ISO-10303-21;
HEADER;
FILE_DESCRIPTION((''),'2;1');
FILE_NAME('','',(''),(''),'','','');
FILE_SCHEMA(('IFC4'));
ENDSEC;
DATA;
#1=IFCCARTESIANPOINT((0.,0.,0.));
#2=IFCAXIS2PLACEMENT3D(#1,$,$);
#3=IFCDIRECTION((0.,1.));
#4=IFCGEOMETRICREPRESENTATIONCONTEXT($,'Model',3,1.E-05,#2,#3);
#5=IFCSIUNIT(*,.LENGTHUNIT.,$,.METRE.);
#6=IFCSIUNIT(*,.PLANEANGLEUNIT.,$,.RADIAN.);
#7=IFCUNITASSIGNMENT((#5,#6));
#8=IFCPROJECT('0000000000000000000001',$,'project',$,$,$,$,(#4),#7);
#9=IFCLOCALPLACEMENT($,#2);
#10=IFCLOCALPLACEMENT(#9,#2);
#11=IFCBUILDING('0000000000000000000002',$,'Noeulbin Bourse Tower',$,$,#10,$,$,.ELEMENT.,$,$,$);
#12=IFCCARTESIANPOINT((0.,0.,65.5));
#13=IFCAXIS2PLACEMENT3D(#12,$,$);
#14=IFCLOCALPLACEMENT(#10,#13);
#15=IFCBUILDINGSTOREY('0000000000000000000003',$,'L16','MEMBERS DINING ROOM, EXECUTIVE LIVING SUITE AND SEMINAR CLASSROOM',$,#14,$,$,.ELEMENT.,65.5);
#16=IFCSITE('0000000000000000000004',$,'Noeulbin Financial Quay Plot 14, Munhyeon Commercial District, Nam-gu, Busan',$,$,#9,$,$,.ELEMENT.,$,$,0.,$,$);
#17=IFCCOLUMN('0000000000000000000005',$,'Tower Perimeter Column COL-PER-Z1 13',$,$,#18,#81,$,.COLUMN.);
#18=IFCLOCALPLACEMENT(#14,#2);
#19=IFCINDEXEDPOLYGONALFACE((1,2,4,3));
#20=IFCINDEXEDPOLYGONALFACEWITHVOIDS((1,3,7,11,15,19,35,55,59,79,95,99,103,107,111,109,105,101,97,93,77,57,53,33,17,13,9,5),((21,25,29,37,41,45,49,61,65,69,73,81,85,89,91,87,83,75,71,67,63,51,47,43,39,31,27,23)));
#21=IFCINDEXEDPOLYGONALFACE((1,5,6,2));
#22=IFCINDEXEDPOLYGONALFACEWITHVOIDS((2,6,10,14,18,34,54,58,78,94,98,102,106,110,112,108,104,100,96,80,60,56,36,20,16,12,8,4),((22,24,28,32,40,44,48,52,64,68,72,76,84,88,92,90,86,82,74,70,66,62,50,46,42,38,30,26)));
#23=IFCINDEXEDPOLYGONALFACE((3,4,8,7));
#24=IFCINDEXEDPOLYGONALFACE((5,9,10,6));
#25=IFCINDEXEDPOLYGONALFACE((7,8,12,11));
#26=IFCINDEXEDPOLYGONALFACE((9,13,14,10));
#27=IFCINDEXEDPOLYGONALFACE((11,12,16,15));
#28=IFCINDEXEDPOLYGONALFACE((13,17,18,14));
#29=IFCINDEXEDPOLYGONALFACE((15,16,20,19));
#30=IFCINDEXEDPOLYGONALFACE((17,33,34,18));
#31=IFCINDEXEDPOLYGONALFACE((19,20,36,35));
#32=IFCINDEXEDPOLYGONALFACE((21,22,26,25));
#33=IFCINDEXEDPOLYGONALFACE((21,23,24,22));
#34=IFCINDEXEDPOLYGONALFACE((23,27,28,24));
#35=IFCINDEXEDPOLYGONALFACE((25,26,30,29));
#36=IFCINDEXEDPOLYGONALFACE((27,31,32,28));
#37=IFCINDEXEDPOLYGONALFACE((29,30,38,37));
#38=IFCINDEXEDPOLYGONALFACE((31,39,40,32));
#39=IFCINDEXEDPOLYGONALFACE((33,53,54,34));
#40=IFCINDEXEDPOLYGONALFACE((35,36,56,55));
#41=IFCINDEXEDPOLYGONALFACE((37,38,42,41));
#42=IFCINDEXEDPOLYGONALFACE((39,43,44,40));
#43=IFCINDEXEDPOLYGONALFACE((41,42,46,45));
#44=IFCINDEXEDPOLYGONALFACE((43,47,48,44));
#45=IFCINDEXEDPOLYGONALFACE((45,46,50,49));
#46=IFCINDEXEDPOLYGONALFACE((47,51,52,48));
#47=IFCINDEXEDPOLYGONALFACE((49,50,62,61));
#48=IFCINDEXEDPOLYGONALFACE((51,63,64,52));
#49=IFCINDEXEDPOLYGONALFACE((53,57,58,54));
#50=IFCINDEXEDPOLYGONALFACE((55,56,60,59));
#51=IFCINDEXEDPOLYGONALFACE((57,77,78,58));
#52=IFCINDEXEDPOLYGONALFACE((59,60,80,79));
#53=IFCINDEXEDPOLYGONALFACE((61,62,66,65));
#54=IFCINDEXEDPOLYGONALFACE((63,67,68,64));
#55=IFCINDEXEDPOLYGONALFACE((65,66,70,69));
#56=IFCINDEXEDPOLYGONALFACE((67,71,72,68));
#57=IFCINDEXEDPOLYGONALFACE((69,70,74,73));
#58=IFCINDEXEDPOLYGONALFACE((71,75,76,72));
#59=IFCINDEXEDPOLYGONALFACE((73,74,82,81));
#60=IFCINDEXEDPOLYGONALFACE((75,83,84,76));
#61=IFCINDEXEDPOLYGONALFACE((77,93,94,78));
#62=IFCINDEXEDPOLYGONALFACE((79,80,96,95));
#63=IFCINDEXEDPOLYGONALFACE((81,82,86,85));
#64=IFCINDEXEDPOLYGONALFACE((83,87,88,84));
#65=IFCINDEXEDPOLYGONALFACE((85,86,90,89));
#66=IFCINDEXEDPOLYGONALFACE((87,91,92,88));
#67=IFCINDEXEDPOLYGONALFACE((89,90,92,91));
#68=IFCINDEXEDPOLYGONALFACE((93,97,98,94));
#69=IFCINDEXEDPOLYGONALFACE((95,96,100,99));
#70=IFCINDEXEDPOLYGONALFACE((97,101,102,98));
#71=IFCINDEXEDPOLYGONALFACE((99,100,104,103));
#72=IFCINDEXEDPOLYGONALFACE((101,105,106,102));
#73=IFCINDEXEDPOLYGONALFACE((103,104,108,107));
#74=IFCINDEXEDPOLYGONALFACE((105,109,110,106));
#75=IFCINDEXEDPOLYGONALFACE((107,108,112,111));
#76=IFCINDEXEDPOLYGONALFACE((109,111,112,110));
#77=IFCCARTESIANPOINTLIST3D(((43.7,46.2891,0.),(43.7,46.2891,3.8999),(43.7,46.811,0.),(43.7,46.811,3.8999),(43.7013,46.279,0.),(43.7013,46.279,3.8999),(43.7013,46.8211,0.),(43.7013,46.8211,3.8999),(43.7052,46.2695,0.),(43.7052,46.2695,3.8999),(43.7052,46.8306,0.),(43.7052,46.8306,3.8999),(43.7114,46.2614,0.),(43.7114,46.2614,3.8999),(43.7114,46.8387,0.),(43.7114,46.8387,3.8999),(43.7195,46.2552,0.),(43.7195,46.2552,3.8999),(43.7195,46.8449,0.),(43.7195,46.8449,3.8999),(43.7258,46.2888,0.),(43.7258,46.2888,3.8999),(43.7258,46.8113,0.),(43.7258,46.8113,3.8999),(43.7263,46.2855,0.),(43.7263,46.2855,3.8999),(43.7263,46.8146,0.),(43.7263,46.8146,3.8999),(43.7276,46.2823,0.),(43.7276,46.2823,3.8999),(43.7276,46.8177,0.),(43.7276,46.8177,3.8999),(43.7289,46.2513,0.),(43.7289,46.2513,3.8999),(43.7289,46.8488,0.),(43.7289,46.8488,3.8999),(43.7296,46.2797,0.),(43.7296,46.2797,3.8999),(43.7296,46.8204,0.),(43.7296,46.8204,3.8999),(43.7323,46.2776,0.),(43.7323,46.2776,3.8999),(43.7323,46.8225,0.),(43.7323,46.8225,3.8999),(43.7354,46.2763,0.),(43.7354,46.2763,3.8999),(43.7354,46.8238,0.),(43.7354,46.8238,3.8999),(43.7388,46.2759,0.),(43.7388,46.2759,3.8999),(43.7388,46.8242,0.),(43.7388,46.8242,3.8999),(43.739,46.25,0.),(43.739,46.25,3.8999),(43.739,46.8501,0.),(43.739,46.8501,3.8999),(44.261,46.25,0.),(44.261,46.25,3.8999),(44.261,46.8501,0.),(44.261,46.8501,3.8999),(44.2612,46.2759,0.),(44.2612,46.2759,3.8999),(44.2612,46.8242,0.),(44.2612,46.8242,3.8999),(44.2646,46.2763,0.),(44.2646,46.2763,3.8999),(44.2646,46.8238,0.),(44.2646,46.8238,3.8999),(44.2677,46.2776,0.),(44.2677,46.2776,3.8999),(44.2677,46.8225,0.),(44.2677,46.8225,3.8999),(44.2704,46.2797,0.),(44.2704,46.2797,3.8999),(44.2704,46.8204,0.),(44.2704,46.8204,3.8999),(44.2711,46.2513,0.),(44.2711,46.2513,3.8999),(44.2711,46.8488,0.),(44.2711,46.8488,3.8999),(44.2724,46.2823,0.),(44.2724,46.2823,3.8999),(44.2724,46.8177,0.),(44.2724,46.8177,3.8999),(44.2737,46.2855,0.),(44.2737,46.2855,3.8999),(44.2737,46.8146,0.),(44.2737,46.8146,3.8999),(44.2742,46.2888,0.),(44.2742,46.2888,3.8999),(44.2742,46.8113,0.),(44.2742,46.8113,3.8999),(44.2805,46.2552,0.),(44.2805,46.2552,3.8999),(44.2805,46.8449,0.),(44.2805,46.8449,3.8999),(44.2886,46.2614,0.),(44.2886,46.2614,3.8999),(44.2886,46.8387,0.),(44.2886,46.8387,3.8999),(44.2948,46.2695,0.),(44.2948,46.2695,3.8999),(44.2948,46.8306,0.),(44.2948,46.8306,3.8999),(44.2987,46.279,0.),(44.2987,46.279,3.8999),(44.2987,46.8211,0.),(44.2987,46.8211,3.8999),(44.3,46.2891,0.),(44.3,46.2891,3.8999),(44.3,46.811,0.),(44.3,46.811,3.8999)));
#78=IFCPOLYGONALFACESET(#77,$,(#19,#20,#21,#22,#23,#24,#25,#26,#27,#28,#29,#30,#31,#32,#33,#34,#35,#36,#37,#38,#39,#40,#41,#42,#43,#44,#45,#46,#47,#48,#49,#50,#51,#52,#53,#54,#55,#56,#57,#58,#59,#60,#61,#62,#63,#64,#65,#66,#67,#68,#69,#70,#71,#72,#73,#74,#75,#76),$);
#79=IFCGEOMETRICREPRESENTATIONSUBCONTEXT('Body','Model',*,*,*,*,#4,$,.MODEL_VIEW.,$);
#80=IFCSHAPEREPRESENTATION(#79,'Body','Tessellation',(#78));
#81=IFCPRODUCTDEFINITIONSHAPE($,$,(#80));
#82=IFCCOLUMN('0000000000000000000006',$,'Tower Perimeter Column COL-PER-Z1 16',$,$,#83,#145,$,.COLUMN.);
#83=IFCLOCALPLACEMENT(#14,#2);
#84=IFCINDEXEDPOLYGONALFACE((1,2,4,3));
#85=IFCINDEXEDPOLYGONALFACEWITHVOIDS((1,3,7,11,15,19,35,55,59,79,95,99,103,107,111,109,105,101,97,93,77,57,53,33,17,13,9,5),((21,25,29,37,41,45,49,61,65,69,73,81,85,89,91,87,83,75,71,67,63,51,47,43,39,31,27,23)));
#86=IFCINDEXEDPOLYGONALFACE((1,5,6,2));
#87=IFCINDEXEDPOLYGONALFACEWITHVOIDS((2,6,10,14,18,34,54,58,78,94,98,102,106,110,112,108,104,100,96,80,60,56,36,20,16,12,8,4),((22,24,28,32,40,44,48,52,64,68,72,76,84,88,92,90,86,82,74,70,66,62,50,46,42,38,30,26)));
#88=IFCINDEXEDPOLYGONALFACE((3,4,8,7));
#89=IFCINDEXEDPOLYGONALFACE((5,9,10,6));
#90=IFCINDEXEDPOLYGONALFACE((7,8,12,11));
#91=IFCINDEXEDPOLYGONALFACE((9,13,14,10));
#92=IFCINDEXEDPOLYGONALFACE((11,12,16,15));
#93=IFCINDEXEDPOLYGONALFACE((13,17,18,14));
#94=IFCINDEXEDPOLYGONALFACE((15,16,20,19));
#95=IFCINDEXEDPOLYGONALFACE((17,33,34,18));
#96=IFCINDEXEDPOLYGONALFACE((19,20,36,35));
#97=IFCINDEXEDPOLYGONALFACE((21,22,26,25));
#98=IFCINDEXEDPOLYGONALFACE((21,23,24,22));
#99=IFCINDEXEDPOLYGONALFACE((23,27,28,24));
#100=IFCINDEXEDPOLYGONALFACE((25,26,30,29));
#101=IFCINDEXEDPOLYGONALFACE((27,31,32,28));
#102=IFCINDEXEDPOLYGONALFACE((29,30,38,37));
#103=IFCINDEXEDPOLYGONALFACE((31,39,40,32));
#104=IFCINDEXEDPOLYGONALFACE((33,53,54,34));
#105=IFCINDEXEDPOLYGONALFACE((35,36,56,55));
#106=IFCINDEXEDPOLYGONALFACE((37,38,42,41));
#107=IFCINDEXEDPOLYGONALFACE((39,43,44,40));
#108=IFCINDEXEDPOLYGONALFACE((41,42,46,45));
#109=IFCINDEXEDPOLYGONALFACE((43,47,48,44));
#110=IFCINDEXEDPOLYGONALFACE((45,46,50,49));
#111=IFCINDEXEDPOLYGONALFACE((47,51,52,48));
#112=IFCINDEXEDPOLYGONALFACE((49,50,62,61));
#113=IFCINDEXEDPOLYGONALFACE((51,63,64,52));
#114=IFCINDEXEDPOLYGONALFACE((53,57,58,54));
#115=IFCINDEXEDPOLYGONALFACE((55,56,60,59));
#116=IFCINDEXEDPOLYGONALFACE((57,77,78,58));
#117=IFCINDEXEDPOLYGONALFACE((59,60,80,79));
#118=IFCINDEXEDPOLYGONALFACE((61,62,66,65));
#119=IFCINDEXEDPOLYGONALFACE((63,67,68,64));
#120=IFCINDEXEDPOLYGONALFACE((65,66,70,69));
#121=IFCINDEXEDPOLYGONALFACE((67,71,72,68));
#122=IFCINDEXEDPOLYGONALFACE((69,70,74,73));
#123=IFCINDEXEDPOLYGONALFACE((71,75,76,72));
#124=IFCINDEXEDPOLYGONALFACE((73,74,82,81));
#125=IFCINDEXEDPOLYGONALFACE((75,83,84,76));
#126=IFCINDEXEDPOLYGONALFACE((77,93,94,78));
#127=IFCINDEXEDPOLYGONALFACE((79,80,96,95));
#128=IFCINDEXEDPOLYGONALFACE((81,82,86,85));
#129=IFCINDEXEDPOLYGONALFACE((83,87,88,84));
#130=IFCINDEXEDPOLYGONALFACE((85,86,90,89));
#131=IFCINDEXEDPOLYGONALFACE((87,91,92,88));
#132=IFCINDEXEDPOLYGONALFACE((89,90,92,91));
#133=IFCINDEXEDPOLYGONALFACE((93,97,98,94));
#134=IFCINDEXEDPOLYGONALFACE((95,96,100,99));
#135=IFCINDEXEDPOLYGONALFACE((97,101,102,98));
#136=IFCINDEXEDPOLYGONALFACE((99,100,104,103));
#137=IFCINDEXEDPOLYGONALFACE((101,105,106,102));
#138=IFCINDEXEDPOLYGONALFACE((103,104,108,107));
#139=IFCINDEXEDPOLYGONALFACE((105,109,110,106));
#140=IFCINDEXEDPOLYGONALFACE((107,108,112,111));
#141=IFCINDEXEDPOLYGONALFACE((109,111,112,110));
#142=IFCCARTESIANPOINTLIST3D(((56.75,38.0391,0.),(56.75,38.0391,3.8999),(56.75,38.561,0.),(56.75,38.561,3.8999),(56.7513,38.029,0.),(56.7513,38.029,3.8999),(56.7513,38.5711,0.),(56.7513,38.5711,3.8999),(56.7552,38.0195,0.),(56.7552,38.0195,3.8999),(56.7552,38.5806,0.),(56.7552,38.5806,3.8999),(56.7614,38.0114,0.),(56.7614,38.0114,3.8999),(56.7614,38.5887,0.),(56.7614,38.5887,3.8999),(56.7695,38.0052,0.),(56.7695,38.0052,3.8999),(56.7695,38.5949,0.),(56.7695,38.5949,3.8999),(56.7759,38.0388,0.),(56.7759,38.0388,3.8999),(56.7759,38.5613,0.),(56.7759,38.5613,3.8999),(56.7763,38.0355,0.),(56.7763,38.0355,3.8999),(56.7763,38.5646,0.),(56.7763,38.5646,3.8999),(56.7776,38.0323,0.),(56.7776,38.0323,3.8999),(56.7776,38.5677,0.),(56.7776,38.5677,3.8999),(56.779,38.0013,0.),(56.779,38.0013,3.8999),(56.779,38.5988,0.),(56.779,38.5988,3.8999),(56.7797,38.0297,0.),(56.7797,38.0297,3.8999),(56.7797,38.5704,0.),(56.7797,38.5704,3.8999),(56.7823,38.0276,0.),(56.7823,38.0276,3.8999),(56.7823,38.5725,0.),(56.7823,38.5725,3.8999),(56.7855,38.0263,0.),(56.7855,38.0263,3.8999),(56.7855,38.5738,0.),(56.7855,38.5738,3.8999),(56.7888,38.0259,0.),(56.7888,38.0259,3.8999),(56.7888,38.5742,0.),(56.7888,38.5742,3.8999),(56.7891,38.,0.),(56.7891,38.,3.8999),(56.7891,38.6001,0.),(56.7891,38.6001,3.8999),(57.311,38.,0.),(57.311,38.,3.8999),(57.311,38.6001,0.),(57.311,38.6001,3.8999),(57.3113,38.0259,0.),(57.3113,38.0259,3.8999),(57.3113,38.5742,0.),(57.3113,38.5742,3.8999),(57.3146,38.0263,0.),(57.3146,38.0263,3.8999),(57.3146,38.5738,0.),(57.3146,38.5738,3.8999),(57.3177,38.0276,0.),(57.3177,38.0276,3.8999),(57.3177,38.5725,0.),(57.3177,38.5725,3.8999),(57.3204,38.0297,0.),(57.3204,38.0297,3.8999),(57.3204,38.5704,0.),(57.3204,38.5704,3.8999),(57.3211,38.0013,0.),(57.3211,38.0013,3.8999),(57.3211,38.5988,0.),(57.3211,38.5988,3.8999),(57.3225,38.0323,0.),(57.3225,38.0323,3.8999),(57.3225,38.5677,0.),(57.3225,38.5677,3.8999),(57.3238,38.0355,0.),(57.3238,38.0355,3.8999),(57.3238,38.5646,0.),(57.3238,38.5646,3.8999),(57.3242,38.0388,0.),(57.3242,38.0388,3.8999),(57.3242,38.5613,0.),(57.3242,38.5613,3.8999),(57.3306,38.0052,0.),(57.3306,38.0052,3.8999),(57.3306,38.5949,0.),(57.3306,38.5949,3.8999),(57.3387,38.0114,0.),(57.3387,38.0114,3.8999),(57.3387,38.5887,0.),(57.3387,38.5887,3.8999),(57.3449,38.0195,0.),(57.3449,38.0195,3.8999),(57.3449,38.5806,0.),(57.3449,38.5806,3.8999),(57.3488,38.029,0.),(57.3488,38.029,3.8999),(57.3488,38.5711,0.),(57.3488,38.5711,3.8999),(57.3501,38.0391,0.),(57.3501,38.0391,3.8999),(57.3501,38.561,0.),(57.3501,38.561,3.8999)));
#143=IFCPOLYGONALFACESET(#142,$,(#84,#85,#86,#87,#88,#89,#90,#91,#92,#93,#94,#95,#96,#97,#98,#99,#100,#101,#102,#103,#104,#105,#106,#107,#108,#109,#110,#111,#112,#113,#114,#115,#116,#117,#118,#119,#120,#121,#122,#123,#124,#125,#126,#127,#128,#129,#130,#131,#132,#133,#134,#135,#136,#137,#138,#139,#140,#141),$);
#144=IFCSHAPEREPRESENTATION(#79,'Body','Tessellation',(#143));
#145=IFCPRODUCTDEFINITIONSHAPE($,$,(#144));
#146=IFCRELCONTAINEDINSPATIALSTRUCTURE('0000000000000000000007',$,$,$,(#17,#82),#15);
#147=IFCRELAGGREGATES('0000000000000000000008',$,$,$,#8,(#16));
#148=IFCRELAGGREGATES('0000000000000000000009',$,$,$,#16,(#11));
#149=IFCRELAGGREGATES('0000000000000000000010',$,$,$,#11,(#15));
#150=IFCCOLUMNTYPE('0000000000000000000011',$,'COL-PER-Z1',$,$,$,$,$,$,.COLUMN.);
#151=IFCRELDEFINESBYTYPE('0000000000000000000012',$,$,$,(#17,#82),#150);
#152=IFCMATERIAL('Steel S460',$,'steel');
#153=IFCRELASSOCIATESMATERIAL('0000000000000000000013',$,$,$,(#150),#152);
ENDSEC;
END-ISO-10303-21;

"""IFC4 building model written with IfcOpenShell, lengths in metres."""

from ifc_helpers import new_model, si_unit, direction, frame, origin, origin_2d, place, context, subcontext, project, spatial, hollow_rectangle, extrude, material, material_profile, profile_set, type_object, element, save


model = new_model("IFC4")

# Units and contexts
model_context = context("Model", 3, precision=1e-05, world=origin(), true_north=direction((0.0, 1.0)))
body_context = subcontext(model_context, "Body", "Model", "MODEL_VIEW")
ifc_project = project(units=[si_unit("LENGTHUNIT", "METRE"), si_unit("PLANEANGLEUNIT", "RADIAN")], contexts=[model_context])

# Site, building, storey
site_placement = place(None, origin())
site = spatial("IfcSite", under=ifc_project, at=site_placement, Name="Noeulbin Financial Quay Plot 14, Munhyeon Commercial District, Nam-gu, Busan", CompositionType="ELEMENT", RefElevation=0.0)
building_placement = place(site_placement, origin())
building = spatial("IfcBuilding", under=site, at=building_placement, Name="Noeulbin Bourse Tower", CompositionType="ELEMENT")
storey_placement = place(building_placement, frame((0.0, 0.0, 65.5)))
storey = spatial("IfcBuildingStorey", under=building, at=storey_placement, Name="L16", Description="MEMBERS DINING ROOM, EXECUTIVE LIVING SUITE AND SEMINAR CLASSROOM", CompositionType="ELEMENT", Elevation=65.5)

# Columns
ifc_material_1 = material(Name="Steel S460", Category="steel")
ifc_material_profile_1 = material_profile(ifc_material_1, hollow_rectangle(XDim=0.6001, YDim=0.6001, WallThickness=0.0259, InnerFilletRadius=0.0129, OuterFilletRadius=0.0391, at=origin_2d()), Name="BOX-600x600x26", Category="LoadBearing")
ifc_profile_set_1 = profile_set([ifc_material_profile_1], Name="Steel S460")
column_type_1 = type_object("IfcColumnType", Name="COL-PER-Z1", PredefinedType="COLUMN", material=ifc_profile_set_1)
for number, where, z_axis, x_axis, name in (
    (1, (44.0, 46.55, 0.0), (0.0, 0.0, 1.0), (1.0, 0.0, 0.0), "Tower Perimeter Column COL-PER-Z1 13"),
    (2, (57.05, 38.3, 0.0), (0.0, 0.0, 1.0), (1.0, 0.0, 0.0), "Tower Perimeter Column COL-PER-Z1 16"),
):
    element("IfcColumn", number, at=place(storey_placement, frame(where, z_axis=z_axis, x_axis=x_axis)), inside=storey, type_object=column_type_1, Name=name, PredefinedType="COLUMN", context=body_context, shape_type="SweptSolid", body=[
        extrude(hollow_rectangle(XDim=0.6001, YDim=0.6001, WallThickness=0.0259, InnerFilletRadius=0.0129, OuterFilletRadius=0.0391, at=origin_2d()), origin(), (0.0, 0.0, 1.0), 3.8999),
    ])

save(model, "model.ifc")
